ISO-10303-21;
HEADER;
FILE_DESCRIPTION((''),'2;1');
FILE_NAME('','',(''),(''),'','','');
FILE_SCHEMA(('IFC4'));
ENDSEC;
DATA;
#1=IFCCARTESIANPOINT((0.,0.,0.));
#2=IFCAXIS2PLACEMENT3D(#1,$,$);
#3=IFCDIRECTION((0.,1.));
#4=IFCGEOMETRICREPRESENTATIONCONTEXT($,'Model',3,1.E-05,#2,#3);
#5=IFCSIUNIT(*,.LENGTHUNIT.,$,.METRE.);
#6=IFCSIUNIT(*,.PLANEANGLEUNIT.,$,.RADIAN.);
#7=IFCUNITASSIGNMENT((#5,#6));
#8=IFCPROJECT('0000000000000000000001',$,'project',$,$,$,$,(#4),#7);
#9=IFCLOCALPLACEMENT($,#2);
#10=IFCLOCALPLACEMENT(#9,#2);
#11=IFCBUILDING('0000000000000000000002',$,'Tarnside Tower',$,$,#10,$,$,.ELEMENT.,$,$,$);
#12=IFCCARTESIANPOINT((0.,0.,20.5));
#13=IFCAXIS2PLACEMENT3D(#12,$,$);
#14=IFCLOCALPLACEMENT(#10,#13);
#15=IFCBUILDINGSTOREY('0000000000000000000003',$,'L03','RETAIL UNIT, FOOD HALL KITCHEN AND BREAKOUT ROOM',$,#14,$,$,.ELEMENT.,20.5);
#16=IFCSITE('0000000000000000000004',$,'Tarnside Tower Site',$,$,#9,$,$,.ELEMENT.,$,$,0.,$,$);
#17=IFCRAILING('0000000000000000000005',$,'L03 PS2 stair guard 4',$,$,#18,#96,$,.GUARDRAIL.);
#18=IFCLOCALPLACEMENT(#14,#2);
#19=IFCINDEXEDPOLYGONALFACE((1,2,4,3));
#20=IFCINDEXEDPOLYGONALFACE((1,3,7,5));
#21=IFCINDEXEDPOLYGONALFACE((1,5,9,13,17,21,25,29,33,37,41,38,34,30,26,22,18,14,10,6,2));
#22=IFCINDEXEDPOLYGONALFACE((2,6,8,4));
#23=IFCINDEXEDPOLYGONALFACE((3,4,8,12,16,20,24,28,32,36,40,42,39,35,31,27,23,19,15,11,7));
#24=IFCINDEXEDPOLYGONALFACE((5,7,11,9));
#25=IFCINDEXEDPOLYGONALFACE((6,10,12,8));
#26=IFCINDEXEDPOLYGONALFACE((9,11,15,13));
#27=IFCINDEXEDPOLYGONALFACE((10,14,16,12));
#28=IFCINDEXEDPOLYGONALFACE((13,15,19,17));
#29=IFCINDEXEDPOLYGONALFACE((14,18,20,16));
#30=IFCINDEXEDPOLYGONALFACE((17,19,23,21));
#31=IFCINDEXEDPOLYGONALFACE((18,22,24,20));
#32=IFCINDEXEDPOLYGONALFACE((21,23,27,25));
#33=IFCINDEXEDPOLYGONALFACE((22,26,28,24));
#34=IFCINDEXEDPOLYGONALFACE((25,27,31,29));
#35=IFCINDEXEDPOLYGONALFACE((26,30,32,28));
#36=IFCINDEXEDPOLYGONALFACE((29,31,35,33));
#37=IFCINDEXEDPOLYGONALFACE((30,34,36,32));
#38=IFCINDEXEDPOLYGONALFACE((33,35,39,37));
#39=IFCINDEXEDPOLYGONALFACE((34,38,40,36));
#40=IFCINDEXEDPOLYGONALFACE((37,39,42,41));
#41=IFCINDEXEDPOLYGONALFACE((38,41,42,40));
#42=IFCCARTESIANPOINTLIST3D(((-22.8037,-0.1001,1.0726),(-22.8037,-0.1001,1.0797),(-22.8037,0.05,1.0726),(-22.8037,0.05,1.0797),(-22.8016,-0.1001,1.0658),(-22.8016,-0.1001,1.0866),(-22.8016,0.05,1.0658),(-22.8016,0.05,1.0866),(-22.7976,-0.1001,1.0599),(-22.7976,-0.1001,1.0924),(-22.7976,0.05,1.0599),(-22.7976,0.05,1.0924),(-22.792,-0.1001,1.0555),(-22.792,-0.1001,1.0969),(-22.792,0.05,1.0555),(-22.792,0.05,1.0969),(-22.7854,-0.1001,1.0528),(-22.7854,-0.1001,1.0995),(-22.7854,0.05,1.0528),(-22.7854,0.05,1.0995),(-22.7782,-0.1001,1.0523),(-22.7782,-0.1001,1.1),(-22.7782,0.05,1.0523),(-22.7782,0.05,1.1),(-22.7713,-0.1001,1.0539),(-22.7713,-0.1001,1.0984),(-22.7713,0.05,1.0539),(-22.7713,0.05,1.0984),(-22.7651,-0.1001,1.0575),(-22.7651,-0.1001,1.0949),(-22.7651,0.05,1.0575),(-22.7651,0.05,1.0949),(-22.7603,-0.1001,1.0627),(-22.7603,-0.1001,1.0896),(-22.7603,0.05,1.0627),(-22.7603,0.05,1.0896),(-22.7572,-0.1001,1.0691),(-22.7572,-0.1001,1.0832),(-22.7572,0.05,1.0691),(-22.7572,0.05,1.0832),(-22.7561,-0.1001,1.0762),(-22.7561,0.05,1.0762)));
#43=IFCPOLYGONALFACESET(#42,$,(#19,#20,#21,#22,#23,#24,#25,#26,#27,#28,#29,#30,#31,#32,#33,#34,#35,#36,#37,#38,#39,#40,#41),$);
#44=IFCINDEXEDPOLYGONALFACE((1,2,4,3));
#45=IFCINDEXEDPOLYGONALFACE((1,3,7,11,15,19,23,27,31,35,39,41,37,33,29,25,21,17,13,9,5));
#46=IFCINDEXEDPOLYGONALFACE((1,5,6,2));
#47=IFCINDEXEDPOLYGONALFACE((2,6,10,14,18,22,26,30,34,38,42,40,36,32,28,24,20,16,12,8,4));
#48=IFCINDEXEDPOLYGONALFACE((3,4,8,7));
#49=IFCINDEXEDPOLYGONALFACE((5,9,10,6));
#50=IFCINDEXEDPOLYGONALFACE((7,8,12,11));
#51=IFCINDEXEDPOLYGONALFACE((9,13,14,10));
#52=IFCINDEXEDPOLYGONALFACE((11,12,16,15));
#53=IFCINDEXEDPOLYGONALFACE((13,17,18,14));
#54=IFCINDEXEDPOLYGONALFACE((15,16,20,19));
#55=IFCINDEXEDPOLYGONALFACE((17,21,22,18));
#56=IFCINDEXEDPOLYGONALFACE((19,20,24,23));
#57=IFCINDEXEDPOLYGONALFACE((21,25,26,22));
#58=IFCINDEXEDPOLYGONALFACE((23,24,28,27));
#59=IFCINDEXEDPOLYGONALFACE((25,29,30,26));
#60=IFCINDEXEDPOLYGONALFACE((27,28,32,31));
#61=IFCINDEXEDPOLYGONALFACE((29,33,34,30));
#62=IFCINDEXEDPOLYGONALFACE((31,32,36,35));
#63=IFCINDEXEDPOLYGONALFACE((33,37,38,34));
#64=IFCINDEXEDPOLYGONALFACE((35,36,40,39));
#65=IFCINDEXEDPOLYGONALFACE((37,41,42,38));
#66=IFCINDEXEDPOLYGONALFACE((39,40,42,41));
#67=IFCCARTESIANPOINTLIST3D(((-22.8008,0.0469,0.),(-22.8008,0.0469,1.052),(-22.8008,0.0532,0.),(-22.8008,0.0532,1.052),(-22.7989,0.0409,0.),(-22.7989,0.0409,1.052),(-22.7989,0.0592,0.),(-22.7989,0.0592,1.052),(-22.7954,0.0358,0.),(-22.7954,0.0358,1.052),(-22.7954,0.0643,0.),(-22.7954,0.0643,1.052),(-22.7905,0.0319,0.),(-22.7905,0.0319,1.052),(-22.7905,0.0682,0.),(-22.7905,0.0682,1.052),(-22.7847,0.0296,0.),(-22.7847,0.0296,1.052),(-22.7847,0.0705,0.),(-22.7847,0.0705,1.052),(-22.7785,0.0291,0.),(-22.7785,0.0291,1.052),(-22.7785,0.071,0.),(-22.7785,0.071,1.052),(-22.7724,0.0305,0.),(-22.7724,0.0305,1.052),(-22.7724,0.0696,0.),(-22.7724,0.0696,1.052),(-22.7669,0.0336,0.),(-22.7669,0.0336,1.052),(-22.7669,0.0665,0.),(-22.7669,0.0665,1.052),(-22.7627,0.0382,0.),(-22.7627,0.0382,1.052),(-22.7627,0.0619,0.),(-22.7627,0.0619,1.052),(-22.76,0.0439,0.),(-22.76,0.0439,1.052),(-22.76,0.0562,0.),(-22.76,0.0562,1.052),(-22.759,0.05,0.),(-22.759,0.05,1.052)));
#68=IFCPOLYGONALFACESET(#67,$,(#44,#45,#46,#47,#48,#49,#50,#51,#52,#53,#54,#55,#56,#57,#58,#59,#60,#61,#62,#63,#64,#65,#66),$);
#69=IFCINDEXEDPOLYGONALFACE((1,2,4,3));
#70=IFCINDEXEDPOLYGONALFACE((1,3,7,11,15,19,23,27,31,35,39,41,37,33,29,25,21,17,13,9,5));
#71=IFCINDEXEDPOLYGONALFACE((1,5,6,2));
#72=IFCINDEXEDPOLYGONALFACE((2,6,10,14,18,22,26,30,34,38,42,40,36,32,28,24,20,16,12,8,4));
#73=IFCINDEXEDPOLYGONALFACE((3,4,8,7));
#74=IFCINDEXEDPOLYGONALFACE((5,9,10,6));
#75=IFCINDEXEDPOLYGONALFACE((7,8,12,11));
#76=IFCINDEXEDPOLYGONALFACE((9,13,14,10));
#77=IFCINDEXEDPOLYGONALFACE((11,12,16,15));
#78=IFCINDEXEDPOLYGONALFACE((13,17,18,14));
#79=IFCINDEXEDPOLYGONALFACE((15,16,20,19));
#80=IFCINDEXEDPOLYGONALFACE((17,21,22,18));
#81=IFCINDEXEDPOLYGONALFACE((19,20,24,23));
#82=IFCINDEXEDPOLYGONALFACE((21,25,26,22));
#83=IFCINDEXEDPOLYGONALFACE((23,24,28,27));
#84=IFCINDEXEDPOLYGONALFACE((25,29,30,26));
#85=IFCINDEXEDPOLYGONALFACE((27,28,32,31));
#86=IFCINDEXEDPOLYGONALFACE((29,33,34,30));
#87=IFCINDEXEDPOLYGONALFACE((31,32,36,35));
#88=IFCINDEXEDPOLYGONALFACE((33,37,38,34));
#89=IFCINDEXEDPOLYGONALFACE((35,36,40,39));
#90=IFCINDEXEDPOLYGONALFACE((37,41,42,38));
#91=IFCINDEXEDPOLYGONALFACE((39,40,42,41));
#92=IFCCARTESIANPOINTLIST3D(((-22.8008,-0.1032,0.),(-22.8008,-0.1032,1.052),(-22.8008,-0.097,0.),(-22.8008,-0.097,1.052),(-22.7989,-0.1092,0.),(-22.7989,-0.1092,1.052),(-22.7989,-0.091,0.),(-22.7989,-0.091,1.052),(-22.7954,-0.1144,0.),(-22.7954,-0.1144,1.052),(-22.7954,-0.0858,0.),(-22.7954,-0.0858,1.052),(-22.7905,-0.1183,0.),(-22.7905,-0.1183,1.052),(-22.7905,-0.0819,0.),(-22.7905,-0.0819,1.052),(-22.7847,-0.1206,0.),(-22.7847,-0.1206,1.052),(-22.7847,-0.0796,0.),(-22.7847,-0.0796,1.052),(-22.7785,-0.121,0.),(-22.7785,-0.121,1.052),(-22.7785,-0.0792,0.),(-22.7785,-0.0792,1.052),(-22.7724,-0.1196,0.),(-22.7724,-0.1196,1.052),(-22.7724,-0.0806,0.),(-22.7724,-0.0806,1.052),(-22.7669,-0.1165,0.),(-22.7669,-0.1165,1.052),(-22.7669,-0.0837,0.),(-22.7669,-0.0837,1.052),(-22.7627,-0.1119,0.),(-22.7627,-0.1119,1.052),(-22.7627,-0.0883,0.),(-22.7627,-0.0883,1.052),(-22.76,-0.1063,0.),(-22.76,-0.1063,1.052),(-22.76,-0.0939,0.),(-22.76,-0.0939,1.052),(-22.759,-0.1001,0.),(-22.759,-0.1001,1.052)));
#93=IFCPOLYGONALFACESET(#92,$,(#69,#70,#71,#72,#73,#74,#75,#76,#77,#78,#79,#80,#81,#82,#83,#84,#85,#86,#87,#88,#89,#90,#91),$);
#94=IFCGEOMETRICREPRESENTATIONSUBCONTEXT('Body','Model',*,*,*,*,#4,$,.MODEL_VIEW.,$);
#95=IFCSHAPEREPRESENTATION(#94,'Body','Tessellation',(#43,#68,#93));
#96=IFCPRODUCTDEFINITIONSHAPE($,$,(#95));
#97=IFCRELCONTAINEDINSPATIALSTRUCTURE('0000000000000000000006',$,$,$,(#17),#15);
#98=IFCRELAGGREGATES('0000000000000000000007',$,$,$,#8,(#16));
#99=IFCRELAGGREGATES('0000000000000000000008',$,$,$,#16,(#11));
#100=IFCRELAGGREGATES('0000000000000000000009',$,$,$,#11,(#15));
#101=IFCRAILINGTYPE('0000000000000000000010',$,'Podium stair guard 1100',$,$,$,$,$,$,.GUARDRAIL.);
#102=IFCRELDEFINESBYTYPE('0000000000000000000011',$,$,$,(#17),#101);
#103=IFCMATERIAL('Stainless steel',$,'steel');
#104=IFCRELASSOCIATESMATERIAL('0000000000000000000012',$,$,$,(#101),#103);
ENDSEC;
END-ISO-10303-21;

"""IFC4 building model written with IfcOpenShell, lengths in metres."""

from ifc_helpers import new_model, si_unit, direction, frame, origin, origin_2d, place, context, subcontext, project, spatial, circle, extrude, material, type_object, element, save


model = new_model("IFC4")

# Units and contexts
model_context = context("Model", 3, precision=1e-05, world=origin(), true_north=direction((0.0, 1.0)))
body_context = subcontext(model_context, "Body", "Model", "MODEL_VIEW")
ifc_project = project(units=[si_unit("LENGTHUNIT", "METRE"), si_unit("PLANEANGLEUNIT", "RADIAN")], contexts=[model_context])

# Site, building, storey
site_placement = place(None, origin())
site = spatial("IfcSite", under=ifc_project, at=site_placement, Name="Tarnside Tower Site", CompositionType="ELEMENT", RefElevation=0.0)
building_placement = place(site_placement, origin())
building = spatial("IfcBuilding", under=site, at=building_placement, Name="Tarnside Tower", CompositionType="ELEMENT")
storey_placement = place(building_placement, frame((0.0, 0.0, 20.5)))
storey = spatial("IfcBuildingStorey", under=building, at=storey_placement, Name="L03", Description="RETAIL UNIT, FOOD HALL KITCHEN AND BREAKOUT ROOM", CompositionType="ELEMENT", Elevation=20.5)

# Railing
ifc_material_1 = material(Name="Stainless steel", Category="steel")
railing_type_1 = type_object("IfcRailingType", Name="Podium stair guard 1100", PredefinedType="GUARDRAIL", material=ifc_material_1)
railing_1_placement = place(storey_placement, frame((-22.78, 0.05, 0.0)))
element("IfcRailing", 1, at=railing_1_placement, inside=storey, type_object=railing_type_1, Name="L03 PS2 stair guard 4", PredefinedType="GUARDRAIL", context=body_context, shape_type="SweptSolid", body=[
    extrude(circle(Radius=0.0239, at=origin_2d()), frame((0.0, 0.0, 1.0762), z_axis=(0.0, -1.0, 0.0), x_axis=(1.0, 0.0, 0.0)), (0.0, 0.0, 1.0), 0.1501),
    extrude(circle(Radius=0.021, at=origin_2d()), origin(), (0.0, 0.0, 1.0), 1.052),
    extrude(circle(Radius=0.021, at=origin_2d()), frame((0.0, -0.1501, 0.0)), (0.0, 0.0, 1.0), 1.052),
])

save(model, "model.ifc")
